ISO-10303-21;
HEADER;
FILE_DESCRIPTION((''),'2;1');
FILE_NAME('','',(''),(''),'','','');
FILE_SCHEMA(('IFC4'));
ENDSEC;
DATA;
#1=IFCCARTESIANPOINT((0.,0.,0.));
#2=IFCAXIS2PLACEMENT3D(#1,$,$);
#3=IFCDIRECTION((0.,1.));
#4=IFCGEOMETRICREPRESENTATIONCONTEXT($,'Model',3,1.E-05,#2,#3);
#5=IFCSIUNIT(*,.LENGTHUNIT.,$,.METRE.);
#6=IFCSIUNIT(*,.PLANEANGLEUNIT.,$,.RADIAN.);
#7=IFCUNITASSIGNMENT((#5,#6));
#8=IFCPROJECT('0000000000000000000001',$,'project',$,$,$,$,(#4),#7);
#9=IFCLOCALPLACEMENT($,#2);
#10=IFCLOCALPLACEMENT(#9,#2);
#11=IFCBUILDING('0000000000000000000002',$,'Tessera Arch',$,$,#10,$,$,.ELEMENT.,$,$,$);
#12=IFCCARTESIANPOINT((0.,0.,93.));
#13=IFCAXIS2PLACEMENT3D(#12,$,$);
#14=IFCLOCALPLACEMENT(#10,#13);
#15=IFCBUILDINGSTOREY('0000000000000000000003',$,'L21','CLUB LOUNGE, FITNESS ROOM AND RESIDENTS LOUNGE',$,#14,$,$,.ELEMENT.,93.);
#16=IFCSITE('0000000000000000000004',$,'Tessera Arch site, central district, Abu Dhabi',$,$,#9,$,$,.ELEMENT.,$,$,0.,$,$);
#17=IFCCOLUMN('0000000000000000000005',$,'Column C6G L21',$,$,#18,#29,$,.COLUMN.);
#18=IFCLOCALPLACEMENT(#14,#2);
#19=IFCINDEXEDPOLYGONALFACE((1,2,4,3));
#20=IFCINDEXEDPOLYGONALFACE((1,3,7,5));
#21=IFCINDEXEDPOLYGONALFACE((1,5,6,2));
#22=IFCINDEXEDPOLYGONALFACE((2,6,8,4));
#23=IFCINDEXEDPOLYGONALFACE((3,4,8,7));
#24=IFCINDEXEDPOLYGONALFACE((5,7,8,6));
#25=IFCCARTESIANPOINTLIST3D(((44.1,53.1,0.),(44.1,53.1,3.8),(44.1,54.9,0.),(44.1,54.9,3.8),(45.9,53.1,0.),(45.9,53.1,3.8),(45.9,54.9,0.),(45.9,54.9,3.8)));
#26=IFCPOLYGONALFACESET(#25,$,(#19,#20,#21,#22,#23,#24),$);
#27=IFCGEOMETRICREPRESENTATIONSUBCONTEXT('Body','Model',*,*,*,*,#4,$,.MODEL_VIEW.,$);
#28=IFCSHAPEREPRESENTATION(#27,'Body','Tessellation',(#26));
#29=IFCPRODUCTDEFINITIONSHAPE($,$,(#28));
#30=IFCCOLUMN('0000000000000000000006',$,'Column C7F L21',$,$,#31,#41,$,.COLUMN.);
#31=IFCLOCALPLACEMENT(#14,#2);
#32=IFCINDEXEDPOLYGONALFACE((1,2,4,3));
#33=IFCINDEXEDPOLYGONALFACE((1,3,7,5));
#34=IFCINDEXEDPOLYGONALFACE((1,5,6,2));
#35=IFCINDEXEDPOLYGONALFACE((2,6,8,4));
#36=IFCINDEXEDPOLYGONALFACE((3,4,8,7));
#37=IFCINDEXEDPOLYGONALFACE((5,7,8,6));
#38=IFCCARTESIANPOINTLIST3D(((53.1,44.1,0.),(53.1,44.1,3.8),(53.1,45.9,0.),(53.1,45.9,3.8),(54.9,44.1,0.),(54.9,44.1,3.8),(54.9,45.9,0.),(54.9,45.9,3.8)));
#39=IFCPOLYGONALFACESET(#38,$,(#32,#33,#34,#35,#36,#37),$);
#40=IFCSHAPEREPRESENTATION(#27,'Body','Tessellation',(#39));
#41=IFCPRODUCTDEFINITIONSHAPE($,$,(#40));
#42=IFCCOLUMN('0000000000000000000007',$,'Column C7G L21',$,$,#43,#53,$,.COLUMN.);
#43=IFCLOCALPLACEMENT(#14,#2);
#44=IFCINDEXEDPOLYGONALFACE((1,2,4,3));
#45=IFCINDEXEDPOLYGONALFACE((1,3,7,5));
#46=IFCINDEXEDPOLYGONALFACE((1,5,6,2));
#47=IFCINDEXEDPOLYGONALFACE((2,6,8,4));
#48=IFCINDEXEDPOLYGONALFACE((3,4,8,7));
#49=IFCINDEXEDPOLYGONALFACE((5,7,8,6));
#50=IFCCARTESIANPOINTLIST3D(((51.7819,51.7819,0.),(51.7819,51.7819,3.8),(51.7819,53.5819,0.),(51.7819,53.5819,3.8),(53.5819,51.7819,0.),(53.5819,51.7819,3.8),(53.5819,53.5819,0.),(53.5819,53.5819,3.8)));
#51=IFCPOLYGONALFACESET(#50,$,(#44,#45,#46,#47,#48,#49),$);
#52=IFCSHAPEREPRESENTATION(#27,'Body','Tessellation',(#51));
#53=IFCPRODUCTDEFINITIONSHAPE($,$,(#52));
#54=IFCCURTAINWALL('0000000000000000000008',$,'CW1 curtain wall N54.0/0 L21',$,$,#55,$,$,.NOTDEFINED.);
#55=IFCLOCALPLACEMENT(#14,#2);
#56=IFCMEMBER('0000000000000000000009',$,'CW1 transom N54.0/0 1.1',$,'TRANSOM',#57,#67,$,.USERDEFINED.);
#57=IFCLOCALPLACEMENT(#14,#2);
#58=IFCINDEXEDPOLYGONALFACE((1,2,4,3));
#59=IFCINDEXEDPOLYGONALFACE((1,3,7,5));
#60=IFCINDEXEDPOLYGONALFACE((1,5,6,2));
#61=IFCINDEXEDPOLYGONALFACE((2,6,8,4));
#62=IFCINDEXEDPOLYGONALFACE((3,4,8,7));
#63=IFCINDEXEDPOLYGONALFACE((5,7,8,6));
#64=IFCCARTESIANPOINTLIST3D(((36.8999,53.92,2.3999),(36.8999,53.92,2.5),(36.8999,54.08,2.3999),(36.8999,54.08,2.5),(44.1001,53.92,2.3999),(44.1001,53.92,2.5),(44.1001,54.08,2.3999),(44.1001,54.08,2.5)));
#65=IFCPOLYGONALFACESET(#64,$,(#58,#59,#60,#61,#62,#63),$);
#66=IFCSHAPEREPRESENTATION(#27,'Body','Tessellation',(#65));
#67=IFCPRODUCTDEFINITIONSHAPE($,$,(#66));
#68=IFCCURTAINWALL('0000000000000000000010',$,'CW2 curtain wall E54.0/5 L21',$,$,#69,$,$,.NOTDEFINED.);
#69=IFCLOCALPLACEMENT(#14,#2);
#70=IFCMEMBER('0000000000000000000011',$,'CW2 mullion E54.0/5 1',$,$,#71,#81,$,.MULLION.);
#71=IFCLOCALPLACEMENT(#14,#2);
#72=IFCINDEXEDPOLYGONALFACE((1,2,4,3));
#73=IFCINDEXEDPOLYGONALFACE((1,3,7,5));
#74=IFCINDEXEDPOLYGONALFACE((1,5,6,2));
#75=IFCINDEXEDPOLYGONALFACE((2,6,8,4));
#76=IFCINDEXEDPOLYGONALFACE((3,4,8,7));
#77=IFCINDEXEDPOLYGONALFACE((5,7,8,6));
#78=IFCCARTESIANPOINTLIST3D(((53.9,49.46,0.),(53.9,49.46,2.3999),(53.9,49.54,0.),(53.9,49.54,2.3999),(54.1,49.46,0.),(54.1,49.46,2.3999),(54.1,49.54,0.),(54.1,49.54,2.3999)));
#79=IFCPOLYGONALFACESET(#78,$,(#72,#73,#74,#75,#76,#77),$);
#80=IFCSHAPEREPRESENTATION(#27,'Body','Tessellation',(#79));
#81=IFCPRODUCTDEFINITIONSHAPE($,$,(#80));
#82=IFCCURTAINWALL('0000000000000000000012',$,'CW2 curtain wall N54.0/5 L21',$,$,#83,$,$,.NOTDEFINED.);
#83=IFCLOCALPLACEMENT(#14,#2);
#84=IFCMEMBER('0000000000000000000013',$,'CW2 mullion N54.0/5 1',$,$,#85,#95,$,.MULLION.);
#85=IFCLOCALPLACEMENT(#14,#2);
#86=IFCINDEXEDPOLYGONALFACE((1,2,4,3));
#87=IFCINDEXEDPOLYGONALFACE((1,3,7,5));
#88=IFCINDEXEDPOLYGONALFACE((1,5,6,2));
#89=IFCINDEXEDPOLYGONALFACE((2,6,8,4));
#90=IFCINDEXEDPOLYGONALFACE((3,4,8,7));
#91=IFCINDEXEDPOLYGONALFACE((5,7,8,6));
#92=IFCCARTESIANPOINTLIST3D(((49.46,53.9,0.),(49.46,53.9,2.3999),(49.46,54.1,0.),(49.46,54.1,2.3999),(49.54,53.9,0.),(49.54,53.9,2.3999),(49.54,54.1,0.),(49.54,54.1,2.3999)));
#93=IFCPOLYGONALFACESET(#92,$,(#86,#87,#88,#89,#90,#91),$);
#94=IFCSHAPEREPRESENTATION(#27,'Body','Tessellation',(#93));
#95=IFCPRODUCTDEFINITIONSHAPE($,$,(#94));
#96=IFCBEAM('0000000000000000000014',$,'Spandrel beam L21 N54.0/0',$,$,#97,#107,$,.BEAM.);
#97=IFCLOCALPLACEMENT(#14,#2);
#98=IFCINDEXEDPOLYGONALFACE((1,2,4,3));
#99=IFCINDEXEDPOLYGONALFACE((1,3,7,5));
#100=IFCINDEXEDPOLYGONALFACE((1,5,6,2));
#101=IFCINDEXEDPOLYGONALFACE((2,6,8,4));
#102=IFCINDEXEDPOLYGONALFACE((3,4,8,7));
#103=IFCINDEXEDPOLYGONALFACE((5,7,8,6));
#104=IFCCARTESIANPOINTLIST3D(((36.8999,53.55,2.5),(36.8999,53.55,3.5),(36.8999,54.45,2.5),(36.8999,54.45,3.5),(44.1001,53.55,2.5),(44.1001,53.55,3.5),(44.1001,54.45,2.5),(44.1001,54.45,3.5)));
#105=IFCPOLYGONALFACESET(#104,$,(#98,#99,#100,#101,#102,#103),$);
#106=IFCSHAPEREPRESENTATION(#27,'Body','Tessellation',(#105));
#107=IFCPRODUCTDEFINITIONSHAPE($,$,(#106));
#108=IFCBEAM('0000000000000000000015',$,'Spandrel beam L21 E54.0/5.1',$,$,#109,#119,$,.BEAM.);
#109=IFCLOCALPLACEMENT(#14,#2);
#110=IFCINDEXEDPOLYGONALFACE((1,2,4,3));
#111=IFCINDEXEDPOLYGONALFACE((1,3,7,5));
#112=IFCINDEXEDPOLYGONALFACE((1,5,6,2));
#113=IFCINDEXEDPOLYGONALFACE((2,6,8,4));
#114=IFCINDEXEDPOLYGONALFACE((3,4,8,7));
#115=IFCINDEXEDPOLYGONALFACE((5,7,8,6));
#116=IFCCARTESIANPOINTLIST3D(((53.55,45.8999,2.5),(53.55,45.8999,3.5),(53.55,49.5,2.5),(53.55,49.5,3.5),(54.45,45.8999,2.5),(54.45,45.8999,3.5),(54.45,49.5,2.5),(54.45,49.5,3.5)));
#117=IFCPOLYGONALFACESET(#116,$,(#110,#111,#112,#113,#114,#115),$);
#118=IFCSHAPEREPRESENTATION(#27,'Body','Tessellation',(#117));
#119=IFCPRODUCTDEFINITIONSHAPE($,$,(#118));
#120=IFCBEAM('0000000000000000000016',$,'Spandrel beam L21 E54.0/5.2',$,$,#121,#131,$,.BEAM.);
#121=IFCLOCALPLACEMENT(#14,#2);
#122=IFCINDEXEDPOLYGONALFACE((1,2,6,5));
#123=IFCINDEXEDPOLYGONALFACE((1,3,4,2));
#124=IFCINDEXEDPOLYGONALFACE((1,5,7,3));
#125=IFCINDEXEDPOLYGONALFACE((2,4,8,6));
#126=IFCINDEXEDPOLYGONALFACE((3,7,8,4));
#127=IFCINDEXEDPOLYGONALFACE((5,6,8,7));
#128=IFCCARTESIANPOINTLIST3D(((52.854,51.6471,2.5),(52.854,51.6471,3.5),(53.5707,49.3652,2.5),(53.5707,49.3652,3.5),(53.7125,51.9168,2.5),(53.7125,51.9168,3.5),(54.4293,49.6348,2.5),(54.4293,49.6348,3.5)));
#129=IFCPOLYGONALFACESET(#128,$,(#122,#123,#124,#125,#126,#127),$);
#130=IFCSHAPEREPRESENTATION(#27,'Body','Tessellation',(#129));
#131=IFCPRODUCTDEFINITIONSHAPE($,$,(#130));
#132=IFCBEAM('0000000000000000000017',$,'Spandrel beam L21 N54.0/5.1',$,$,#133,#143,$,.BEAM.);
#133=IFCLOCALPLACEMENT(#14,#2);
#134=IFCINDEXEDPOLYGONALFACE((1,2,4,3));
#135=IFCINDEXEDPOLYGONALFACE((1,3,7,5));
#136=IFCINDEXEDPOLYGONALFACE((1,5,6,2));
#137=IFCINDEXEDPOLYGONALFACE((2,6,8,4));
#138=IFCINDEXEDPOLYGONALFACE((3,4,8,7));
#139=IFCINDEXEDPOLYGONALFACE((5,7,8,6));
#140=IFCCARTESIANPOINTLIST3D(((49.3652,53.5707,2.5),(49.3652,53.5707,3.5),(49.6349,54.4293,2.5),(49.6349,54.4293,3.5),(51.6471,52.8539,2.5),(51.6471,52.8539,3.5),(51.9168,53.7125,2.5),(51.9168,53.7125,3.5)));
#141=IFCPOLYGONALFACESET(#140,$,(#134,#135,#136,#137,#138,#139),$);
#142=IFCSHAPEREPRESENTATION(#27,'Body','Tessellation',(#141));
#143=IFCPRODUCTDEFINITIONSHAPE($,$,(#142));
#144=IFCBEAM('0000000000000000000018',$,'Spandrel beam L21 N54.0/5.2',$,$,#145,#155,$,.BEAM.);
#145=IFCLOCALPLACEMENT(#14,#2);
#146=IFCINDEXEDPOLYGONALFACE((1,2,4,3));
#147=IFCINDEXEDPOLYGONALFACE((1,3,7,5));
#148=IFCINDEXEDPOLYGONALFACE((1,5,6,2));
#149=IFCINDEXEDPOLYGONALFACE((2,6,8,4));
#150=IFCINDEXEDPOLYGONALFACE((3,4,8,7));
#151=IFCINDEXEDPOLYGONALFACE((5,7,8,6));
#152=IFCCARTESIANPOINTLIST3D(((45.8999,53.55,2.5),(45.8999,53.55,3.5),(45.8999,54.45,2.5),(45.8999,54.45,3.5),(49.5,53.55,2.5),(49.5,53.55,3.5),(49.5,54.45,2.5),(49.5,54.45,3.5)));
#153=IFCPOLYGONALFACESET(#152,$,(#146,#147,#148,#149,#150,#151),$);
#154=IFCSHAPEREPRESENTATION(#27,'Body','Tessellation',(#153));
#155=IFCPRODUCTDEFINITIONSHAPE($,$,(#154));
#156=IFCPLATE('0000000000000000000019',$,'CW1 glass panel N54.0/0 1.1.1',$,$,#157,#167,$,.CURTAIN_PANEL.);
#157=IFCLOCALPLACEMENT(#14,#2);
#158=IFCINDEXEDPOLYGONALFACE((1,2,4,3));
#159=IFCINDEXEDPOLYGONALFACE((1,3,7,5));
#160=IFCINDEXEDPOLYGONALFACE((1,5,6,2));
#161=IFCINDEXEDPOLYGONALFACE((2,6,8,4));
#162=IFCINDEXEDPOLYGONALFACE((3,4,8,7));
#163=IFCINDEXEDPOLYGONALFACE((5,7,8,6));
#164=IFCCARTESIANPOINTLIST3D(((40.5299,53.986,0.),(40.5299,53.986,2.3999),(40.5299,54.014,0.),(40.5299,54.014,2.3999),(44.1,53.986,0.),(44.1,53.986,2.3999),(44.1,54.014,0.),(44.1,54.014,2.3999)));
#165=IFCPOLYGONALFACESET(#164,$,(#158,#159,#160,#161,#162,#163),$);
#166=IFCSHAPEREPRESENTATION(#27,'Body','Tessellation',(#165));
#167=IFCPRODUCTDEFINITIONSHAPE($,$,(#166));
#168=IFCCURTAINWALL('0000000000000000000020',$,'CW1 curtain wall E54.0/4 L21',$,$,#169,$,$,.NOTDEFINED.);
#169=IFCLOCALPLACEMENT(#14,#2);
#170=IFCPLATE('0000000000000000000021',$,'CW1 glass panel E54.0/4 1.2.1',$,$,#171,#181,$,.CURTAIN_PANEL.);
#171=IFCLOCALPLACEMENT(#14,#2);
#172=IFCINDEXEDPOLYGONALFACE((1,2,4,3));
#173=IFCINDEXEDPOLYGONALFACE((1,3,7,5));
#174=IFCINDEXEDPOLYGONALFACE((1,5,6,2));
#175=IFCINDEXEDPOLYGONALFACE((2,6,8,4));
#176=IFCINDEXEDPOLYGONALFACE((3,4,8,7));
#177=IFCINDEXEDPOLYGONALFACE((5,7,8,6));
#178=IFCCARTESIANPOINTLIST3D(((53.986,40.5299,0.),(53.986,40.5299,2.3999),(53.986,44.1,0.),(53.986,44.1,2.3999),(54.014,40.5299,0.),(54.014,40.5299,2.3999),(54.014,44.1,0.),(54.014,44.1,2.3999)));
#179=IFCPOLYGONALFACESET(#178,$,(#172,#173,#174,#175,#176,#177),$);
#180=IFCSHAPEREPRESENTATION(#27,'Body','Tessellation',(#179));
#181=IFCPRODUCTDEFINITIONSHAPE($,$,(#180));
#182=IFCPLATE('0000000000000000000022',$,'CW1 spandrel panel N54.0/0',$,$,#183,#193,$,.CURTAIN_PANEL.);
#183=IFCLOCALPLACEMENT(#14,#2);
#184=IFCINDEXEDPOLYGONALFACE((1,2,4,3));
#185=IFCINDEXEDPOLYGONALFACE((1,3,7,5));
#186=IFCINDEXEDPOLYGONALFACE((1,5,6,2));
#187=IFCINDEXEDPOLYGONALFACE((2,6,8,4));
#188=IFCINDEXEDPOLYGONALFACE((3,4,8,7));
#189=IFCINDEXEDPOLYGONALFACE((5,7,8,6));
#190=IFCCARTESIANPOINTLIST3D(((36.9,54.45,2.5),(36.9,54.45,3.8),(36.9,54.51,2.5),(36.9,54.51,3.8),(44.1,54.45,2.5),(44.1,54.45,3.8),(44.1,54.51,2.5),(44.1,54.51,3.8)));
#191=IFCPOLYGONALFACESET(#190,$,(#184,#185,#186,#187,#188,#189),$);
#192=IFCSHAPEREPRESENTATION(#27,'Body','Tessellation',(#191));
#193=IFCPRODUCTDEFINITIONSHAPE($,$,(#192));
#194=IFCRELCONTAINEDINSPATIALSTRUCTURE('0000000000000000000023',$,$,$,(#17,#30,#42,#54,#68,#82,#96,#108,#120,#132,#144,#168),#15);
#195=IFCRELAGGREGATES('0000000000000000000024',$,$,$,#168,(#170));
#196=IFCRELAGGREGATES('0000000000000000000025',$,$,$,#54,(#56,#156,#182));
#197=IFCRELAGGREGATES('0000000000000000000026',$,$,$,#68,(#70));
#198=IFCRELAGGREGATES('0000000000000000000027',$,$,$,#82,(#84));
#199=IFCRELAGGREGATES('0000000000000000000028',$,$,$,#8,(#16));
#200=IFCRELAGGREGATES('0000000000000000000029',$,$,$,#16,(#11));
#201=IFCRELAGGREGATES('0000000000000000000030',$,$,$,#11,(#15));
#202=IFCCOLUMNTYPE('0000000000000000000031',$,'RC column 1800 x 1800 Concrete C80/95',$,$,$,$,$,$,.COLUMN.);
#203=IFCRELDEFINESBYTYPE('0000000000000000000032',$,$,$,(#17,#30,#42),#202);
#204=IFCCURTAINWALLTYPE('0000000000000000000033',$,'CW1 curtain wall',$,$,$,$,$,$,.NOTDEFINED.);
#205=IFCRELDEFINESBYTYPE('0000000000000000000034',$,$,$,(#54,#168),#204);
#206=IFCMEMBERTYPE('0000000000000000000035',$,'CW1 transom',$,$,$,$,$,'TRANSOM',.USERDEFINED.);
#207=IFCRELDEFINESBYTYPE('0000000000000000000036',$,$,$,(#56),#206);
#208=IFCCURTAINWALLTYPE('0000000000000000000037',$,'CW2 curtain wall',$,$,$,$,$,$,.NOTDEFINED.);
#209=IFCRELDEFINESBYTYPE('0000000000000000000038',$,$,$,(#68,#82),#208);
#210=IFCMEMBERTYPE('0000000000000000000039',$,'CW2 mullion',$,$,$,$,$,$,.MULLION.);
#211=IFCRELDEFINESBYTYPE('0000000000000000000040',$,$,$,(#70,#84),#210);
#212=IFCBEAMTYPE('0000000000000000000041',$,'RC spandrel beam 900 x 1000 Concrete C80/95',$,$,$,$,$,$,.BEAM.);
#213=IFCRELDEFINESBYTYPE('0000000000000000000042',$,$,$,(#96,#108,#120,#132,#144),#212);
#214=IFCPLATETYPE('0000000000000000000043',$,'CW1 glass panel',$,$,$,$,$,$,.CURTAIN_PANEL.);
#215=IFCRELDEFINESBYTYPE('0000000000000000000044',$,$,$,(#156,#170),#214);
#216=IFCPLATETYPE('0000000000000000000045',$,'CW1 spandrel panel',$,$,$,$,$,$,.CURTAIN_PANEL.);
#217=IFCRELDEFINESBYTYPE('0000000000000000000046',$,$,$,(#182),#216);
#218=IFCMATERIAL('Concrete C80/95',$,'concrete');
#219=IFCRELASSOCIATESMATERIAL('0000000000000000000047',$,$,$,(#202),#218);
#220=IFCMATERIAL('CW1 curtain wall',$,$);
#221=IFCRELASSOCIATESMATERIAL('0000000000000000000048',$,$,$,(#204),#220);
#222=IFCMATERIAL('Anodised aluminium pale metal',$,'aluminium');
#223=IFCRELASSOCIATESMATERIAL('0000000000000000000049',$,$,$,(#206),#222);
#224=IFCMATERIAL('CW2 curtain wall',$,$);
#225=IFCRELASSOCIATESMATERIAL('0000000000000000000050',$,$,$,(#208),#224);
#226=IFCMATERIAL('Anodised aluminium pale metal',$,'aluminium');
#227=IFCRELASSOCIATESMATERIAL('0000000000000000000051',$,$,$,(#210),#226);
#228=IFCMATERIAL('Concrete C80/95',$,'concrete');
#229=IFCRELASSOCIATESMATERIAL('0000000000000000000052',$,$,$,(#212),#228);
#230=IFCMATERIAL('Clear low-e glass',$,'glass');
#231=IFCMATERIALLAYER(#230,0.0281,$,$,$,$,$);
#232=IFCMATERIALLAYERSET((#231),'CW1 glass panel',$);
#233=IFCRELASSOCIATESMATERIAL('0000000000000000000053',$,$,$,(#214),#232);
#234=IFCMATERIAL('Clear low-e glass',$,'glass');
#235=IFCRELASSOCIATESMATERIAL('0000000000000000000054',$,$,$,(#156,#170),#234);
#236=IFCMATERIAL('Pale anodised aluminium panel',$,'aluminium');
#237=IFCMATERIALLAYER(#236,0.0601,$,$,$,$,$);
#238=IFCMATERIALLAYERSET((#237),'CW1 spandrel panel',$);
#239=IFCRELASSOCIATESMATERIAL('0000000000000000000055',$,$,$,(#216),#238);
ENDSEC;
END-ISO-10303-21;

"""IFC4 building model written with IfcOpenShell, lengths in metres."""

from ifc_helpers import new_model, si_unit, direction, frame, origin, origin_2d, place, context, subcontext, project, spatial, rectangle, extrude, material, layer, layer_set, material_profile, profile_set, type_object, element, aggregate, save


model = new_model("IFC4")

# Units and contexts
model_context = context("Model", 3, precision=1e-05, world=origin(), true_north=direction((0.0, 1.0)))
body_context = subcontext(model_context, "Body", "Model", "MODEL_VIEW")
ifc_project = project(units=[si_unit("LENGTHUNIT", "METRE"), si_unit("PLANEANGLEUNIT", "RADIAN")], contexts=[model_context])

# Site, building, storey
site_placement = place(None, origin())
site = spatial("IfcSite", under=ifc_project, at=site_placement, Name="Tessera Arch site, central district, Abu Dhabi", CompositionType="ELEMENT", RefElevation=0.0)
building_placement = place(site_placement, origin())
building = spatial("IfcBuilding", under=site, at=building_placement, Name="Tessera Arch", CompositionType="ELEMENT")
storey_placement = place(building_placement, frame((0.0, 0.0, 93.0)))
storey = spatial("IfcBuildingStorey", under=building, at=storey_placement, Name="L21", Description="CLUB LOUNGE, FITNESS ROOM AND RESIDENTS LOUNGE", CompositionType="ELEMENT", Elevation=93.0)

# Columns
ifc_material_1 = material(Name="Concrete C80/95", Category="concrete")
ifc_material_profile_1 = material_profile(ifc_material_1, rectangle(XDim=1.8, YDim=1.8, at=origin_2d()), Name="RC column 1800 x 1800 Concrete C80/95")
ifc_profile_set_1 = profile_set([ifc_material_profile_1], Name="Concrete C80/95")
column_type = type_object("IfcColumnType", Name="RC column 1800 x 1800 Concrete C80/95", PredefinedType="COLUMN", material=ifc_profile_set_1)
for number, where, z_axis, x_axis, name in (
    (1, (45.0, 54.0, 0.0), (0.0, 0.0, 1.0), (1.0, 0.0, 0.0), "Column C6G L21"),
    (2, (54.0, 45.0, 0.0), (0.0, 0.0, 1.0), (1.0, 0.0, 0.0), "Column C7F L21"),
    (3, (52.6819, 52.6819, 0.0), (0.0, 0.0, 1.0), (1.0, 0.0, 0.0), "Column C7G L21"),
):
    element("IfcColumn", number, at=place(storey_placement, frame(where, z_axis=z_axis, x_axis=x_axis)), inside=storey, type_object=column_type, Name=name, PredefinedType="COLUMN", context=body_context, shape_type="SweptSolid", body=[
        extrude(rectangle(XDim=1.8, YDim=1.8, at=origin_2d()), origin(), (0.0, 0.0, 1.0), 3.8),
    ])

# Curtain walls, members
ifc_material_2 = material(Name="CW1 curtain wall")
curtain_wall_type_1 = type_object("IfcCurtainWallType", Name="CW1 curtain wall", PredefinedType="NOTDEFINED", material=ifc_material_2)
curtain_wall_1_placement = place(storey_placement, origin())
curtain_wall_1 = element("IfcCurtainWall", 4, at=curtain_wall_1_placement, inside=storey, type_object=curtain_wall_type_1, Name="CW1 curtain wall N54.0/0 L21", PredefinedType="NOTDEFINED")
ifc_material_3 = material(Name="Anodised aluminium pale metal", Category="aluminium")
ifc_material_profile_2 = material_profile(ifc_material_3, rectangle(XDim=0.1599, YDim=0.1001, at=origin_2d()), Name="AL 160x100")
ifc_profile_set_2 = profile_set([ifc_material_profile_2], Name="Anodised aluminium pale metal")
member_type_1 = type_object("IfcMemberType", Name="CW1 transom", ElementType="TRANSOM", PredefinedType="USERDEFINED", material=ifc_profile_set_2)
member_1_placement = place(storey_placement, frame((44.1001, 54.0, 2.45), z_axis=(-1.0, 0.0, 0.0), x_axis=(0.0, -1.0, 0.0)))
member_1 = element("IfcMember", 5, at=member_1_placement, type_object=member_type_1, Name="CW1 transom N54.0/0 1.1", ObjectType="TRANSOM", PredefinedType="USERDEFINED", context=body_context, shape_type="SweptSolid", body=[
    extrude(rectangle(XDim=0.1599, YDim=0.1001, at=origin_2d()), origin(), (0.0, 0.0, 1.0), 7.2002),
])
ifc_material_4 = material(Name="CW2 curtain wall")
curtain_wall_type_2 = type_object("IfcCurtainWallType", Name="CW2 curtain wall", PredefinedType="NOTDEFINED", material=ifc_material_4)
curtain_wall_2_placement = place(storey_placement, origin())
curtain_wall_2 = element("IfcCurtainWall", 6, at=curtain_wall_2_placement, inside=storey, type_object=curtain_wall_type_2, Name="CW2 curtain wall E54.0/5 L21", PredefinedType="NOTDEFINED")
ifc_material_5 = material(Name="Anodised aluminium pale metal", Category="aluminium")
ifc_material_profile_3 = material_profile(ifc_material_5, rectangle(XDim=0.2, YDim=0.0801, at=origin_2d()), Name="AL 80x200")
ifc_profile_set_3 = profile_set([ifc_material_profile_3], Name="Anodised aluminium pale metal")
member_type_2 = type_object("IfcMemberType", Name="CW2 mullion", PredefinedType="MULLION", material=ifc_profile_set_3)
member_2_placement = place(storey_placement, frame((54.0, 49.5, 0.0), z_axis=(0.0, 0.0, 1.0), x_axis=(-1.0, 0.0, 0.0)))
member_2 = element("IfcMember", 7, at=member_2_placement, type_object=member_type_2, Name="CW2 mullion E54.0/5 1", PredefinedType="MULLION", context=body_context, shape_type="SweptSolid", body=[
    extrude(rectangle(XDim=0.2, YDim=0.0801, at=origin_2d()), origin(), (0.0, 0.0, 1.0), 2.3999),
])
curtain_wall_3_placement = place(storey_placement, origin())
curtain_wall_3 = element("IfcCurtainWall", 8, at=curtain_wall_3_placement, inside=storey, type_object=curtain_wall_type_2, Name="CW2 curtain wall N54.0/5 L21", PredefinedType="NOTDEFINED")
member_3_placement = place(storey_placement, frame((49.5, 54.0, 0.0), z_axis=(0.0, 0.0, 1.0), x_axis=(0.0, -1.0, 0.0)))
member_3 = element("IfcMember", 9, at=member_3_placement, type_object=member_type_2, Name="CW2 mullion N54.0/5 1", PredefinedType="MULLION", context=body_context, shape_type="SweptSolid", body=[
    extrude(rectangle(XDim=0.2, YDim=0.0801, at=origin_2d()), origin(), (0.0, 0.0, 1.0), 2.3999),
])

# Beams
ifc_material_6 = material(Name="Concrete C80/95", Category="concrete")
ifc_material_profile_4 = material_profile(ifc_material_6, rectangle(XDim=0.8999, YDim=1.0, at=origin_2d()), Name="RC spandrel beam 900 x 1000 Concrete C80/95")
ifc_profile_set_4 = profile_set([ifc_material_profile_4], Name="Concrete C80/95")
beam_type = type_object("IfcBeamType", Name="RC spandrel beam 900 x 1000 Concrete C80/95", PredefinedType="BEAM", material=ifc_profile_set_4)
beam_1_placement = place(storey_placement, frame((44.1001, 54.0, 3.0), z_axis=(-1.0, 0.0, 0.0), x_axis=(0.0, -1.0, 0.0)))
element("IfcBeam", 10, at=beam_1_placement, inside=storey, type_object=beam_type, Name="Spandrel beam L21 N54.0/0", PredefinedType="BEAM", context=body_context, shape_type="SweptSolid", body=[
    extrude(rectangle(XDim=0.8999, YDim=1.0, at=origin_2d()), origin(), (0.0, 0.0, 1.0), 7.2002),
])
beam_2_placement = place(storey_placement, frame((54.0, 45.8999, 3.0), z_axis=(0.0, 1.0, 0.0), x_axis=(-1.0, 0.0, 0.0)))
element("IfcBeam", 11, at=beam_2_placement, inside=storey, type_object=beam_type, Name="Spandrel beam L21 E54.0/5.1", PredefinedType="BEAM", context=body_context, shape_type="SweptSolid", body=[
    extrude(rectangle(XDim=0.8999, YDim=1.0, at=origin_2d()), origin(), (0.0, 0.0, 1.0), 3.6001),
])
for number, where, z_axis, x_axis, name in (
    (12, (54.0, 49.5, 3.0), (-0.299675, 0.954041, 0.0), (-0.954041, -0.299675, 0.0), "Spandrel beam L21 E54.0/5.2"),
    (13, (51.782, 53.2832, 3.0), (-0.954041, 0.299675, 0.0), (-0.299675, -0.954041, 0.0), "Spandrel beam L21 N54.0/5.1"),
):
    element("IfcBeam", number, at=place(storey_placement, frame(where, z_axis=z_axis, x_axis=x_axis)), inside=storey, type_object=beam_type, Name=name, PredefinedType="BEAM", context=body_context, shape_type="SweptSolid", body=[
        extrude(rectangle(XDim=0.8999, YDim=1.0, at=origin_2d()), origin(), (0.0, 0.0, 1.0), 2.3918),
    ])
beam_3_placement = place(storey_placement, frame((49.5, 54.0, 3.0), z_axis=(-1.0, 0.0, 0.0), x_axis=(0.0, -1.0, 0.0)))
element("IfcBeam", 14, at=beam_3_placement, inside=storey, type_object=beam_type, Name="Spandrel beam L21 N54.0/5.2", PredefinedType="BEAM", context=body_context, shape_type="SweptSolid", body=[
    extrude(rectangle(XDim=0.8999, YDim=1.0, at=origin_2d()), origin(), (0.0, 0.0, 1.0), 3.6001),
])

# Plate
ifc_material_7 = material(Name="Clear low-e glass", Category="glass")
ifc_material_8 = material(Name="Clear low-e glass", Category="glass")
ifc_layer_1 = layer(ifc_material_8, 0.0281)
ifc_layer_set_1 = layer_set([ifc_layer_1], Name="CW1 glass panel")
plate_type_1 = type_object("IfcPlateType", Name="CW1 glass panel", PredefinedType="CURTAIN_PANEL", material=ifc_layer_set_1)
plate_1_placement = place(storey_placement, frame((42.3149, 54.0, 0.0), z_axis=(0.0, 0.0, 1.0), x_axis=(-1.0, 0.0, 0.0)))
plate_1 = element("IfcPlate", 15, at=plate_1_placement, type_object=plate_type_1, material=ifc_material_7, Name="CW1 glass panel N54.0/0 1.1.1", PredefinedType="CURTAIN_PANEL", context=body_context, shape_type="SweptSolid", body=[
    extrude(rectangle(XDim=3.5701, YDim=0.0281, at=origin_2d()), origin(), (0.0, 0.0, 1.0), 2.3999),
])

# Curtain wall, plate
curtain_wall_4_placement = place(storey_placement, origin())
curtain_wall_4 = element("IfcCurtainWall", 16, at=curtain_wall_4_placement, inside=storey, type_object=curtain_wall_type_1, Name="CW1 curtain wall E54.0/4 L21", PredefinedType="NOTDEFINED")
plate_2_placement = place(storey_placement, frame((54.0, 42.3149, 0.0), z_axis=(0.0, 0.0, 1.0), x_axis=(0.0, 1.0, 0.0)))
plate_2 = element("IfcPlate", 17, at=plate_2_placement, type_object=plate_type_1, material=ifc_material_7, Name="CW1 glass panel E54.0/4 1.2.1", PredefinedType="CURTAIN_PANEL", context=body_context, shape_type="SweptSolid", body=[
    extrude(rectangle(XDim=3.5701, YDim=0.0281, at=origin_2d()), origin(), (0.0, 0.0, 1.0), 2.3999),
])
aggregate(curtain_wall_4, [plate_2])

# Plate
ifc_material_9 = material(Name="Pale anodised aluminium panel", Category="aluminium")
ifc_layer_2 = layer(ifc_material_9, 0.0601)
ifc_layer_set_2 = layer_set([ifc_layer_2], Name="CW1 spandrel panel")
plate_type_2 = type_object("IfcPlateType", Name="CW1 spandrel panel", PredefinedType="CURTAIN_PANEL", material=ifc_layer_set_2)
plate_3_placement = place(storey_placement, frame((40.5, 54.48, 2.5), z_axis=(0.0, 0.0, 1.0), x_axis=(-1.0, 0.0, 0.0)))
plate_3 = element("IfcPlate", 18, at=plate_3_placement, type_object=plate_type_2, Name="CW1 spandrel panel N54.0/0", PredefinedType="CURTAIN_PANEL", context=body_context, shape_type="SweptSolid", body=[
    extrude(rectangle(XDim=7.2, YDim=0.0601, at=origin_2d()), origin(), (0.0, 0.0, 1.0), 1.3),
])
aggregate(curtain_wall_1, [member_1, plate_1, plate_3])
aggregate(curtain_wall_2, [member_2])
aggregate(curtain_wall_3, [member_3])

save(model, "model.ifc")
